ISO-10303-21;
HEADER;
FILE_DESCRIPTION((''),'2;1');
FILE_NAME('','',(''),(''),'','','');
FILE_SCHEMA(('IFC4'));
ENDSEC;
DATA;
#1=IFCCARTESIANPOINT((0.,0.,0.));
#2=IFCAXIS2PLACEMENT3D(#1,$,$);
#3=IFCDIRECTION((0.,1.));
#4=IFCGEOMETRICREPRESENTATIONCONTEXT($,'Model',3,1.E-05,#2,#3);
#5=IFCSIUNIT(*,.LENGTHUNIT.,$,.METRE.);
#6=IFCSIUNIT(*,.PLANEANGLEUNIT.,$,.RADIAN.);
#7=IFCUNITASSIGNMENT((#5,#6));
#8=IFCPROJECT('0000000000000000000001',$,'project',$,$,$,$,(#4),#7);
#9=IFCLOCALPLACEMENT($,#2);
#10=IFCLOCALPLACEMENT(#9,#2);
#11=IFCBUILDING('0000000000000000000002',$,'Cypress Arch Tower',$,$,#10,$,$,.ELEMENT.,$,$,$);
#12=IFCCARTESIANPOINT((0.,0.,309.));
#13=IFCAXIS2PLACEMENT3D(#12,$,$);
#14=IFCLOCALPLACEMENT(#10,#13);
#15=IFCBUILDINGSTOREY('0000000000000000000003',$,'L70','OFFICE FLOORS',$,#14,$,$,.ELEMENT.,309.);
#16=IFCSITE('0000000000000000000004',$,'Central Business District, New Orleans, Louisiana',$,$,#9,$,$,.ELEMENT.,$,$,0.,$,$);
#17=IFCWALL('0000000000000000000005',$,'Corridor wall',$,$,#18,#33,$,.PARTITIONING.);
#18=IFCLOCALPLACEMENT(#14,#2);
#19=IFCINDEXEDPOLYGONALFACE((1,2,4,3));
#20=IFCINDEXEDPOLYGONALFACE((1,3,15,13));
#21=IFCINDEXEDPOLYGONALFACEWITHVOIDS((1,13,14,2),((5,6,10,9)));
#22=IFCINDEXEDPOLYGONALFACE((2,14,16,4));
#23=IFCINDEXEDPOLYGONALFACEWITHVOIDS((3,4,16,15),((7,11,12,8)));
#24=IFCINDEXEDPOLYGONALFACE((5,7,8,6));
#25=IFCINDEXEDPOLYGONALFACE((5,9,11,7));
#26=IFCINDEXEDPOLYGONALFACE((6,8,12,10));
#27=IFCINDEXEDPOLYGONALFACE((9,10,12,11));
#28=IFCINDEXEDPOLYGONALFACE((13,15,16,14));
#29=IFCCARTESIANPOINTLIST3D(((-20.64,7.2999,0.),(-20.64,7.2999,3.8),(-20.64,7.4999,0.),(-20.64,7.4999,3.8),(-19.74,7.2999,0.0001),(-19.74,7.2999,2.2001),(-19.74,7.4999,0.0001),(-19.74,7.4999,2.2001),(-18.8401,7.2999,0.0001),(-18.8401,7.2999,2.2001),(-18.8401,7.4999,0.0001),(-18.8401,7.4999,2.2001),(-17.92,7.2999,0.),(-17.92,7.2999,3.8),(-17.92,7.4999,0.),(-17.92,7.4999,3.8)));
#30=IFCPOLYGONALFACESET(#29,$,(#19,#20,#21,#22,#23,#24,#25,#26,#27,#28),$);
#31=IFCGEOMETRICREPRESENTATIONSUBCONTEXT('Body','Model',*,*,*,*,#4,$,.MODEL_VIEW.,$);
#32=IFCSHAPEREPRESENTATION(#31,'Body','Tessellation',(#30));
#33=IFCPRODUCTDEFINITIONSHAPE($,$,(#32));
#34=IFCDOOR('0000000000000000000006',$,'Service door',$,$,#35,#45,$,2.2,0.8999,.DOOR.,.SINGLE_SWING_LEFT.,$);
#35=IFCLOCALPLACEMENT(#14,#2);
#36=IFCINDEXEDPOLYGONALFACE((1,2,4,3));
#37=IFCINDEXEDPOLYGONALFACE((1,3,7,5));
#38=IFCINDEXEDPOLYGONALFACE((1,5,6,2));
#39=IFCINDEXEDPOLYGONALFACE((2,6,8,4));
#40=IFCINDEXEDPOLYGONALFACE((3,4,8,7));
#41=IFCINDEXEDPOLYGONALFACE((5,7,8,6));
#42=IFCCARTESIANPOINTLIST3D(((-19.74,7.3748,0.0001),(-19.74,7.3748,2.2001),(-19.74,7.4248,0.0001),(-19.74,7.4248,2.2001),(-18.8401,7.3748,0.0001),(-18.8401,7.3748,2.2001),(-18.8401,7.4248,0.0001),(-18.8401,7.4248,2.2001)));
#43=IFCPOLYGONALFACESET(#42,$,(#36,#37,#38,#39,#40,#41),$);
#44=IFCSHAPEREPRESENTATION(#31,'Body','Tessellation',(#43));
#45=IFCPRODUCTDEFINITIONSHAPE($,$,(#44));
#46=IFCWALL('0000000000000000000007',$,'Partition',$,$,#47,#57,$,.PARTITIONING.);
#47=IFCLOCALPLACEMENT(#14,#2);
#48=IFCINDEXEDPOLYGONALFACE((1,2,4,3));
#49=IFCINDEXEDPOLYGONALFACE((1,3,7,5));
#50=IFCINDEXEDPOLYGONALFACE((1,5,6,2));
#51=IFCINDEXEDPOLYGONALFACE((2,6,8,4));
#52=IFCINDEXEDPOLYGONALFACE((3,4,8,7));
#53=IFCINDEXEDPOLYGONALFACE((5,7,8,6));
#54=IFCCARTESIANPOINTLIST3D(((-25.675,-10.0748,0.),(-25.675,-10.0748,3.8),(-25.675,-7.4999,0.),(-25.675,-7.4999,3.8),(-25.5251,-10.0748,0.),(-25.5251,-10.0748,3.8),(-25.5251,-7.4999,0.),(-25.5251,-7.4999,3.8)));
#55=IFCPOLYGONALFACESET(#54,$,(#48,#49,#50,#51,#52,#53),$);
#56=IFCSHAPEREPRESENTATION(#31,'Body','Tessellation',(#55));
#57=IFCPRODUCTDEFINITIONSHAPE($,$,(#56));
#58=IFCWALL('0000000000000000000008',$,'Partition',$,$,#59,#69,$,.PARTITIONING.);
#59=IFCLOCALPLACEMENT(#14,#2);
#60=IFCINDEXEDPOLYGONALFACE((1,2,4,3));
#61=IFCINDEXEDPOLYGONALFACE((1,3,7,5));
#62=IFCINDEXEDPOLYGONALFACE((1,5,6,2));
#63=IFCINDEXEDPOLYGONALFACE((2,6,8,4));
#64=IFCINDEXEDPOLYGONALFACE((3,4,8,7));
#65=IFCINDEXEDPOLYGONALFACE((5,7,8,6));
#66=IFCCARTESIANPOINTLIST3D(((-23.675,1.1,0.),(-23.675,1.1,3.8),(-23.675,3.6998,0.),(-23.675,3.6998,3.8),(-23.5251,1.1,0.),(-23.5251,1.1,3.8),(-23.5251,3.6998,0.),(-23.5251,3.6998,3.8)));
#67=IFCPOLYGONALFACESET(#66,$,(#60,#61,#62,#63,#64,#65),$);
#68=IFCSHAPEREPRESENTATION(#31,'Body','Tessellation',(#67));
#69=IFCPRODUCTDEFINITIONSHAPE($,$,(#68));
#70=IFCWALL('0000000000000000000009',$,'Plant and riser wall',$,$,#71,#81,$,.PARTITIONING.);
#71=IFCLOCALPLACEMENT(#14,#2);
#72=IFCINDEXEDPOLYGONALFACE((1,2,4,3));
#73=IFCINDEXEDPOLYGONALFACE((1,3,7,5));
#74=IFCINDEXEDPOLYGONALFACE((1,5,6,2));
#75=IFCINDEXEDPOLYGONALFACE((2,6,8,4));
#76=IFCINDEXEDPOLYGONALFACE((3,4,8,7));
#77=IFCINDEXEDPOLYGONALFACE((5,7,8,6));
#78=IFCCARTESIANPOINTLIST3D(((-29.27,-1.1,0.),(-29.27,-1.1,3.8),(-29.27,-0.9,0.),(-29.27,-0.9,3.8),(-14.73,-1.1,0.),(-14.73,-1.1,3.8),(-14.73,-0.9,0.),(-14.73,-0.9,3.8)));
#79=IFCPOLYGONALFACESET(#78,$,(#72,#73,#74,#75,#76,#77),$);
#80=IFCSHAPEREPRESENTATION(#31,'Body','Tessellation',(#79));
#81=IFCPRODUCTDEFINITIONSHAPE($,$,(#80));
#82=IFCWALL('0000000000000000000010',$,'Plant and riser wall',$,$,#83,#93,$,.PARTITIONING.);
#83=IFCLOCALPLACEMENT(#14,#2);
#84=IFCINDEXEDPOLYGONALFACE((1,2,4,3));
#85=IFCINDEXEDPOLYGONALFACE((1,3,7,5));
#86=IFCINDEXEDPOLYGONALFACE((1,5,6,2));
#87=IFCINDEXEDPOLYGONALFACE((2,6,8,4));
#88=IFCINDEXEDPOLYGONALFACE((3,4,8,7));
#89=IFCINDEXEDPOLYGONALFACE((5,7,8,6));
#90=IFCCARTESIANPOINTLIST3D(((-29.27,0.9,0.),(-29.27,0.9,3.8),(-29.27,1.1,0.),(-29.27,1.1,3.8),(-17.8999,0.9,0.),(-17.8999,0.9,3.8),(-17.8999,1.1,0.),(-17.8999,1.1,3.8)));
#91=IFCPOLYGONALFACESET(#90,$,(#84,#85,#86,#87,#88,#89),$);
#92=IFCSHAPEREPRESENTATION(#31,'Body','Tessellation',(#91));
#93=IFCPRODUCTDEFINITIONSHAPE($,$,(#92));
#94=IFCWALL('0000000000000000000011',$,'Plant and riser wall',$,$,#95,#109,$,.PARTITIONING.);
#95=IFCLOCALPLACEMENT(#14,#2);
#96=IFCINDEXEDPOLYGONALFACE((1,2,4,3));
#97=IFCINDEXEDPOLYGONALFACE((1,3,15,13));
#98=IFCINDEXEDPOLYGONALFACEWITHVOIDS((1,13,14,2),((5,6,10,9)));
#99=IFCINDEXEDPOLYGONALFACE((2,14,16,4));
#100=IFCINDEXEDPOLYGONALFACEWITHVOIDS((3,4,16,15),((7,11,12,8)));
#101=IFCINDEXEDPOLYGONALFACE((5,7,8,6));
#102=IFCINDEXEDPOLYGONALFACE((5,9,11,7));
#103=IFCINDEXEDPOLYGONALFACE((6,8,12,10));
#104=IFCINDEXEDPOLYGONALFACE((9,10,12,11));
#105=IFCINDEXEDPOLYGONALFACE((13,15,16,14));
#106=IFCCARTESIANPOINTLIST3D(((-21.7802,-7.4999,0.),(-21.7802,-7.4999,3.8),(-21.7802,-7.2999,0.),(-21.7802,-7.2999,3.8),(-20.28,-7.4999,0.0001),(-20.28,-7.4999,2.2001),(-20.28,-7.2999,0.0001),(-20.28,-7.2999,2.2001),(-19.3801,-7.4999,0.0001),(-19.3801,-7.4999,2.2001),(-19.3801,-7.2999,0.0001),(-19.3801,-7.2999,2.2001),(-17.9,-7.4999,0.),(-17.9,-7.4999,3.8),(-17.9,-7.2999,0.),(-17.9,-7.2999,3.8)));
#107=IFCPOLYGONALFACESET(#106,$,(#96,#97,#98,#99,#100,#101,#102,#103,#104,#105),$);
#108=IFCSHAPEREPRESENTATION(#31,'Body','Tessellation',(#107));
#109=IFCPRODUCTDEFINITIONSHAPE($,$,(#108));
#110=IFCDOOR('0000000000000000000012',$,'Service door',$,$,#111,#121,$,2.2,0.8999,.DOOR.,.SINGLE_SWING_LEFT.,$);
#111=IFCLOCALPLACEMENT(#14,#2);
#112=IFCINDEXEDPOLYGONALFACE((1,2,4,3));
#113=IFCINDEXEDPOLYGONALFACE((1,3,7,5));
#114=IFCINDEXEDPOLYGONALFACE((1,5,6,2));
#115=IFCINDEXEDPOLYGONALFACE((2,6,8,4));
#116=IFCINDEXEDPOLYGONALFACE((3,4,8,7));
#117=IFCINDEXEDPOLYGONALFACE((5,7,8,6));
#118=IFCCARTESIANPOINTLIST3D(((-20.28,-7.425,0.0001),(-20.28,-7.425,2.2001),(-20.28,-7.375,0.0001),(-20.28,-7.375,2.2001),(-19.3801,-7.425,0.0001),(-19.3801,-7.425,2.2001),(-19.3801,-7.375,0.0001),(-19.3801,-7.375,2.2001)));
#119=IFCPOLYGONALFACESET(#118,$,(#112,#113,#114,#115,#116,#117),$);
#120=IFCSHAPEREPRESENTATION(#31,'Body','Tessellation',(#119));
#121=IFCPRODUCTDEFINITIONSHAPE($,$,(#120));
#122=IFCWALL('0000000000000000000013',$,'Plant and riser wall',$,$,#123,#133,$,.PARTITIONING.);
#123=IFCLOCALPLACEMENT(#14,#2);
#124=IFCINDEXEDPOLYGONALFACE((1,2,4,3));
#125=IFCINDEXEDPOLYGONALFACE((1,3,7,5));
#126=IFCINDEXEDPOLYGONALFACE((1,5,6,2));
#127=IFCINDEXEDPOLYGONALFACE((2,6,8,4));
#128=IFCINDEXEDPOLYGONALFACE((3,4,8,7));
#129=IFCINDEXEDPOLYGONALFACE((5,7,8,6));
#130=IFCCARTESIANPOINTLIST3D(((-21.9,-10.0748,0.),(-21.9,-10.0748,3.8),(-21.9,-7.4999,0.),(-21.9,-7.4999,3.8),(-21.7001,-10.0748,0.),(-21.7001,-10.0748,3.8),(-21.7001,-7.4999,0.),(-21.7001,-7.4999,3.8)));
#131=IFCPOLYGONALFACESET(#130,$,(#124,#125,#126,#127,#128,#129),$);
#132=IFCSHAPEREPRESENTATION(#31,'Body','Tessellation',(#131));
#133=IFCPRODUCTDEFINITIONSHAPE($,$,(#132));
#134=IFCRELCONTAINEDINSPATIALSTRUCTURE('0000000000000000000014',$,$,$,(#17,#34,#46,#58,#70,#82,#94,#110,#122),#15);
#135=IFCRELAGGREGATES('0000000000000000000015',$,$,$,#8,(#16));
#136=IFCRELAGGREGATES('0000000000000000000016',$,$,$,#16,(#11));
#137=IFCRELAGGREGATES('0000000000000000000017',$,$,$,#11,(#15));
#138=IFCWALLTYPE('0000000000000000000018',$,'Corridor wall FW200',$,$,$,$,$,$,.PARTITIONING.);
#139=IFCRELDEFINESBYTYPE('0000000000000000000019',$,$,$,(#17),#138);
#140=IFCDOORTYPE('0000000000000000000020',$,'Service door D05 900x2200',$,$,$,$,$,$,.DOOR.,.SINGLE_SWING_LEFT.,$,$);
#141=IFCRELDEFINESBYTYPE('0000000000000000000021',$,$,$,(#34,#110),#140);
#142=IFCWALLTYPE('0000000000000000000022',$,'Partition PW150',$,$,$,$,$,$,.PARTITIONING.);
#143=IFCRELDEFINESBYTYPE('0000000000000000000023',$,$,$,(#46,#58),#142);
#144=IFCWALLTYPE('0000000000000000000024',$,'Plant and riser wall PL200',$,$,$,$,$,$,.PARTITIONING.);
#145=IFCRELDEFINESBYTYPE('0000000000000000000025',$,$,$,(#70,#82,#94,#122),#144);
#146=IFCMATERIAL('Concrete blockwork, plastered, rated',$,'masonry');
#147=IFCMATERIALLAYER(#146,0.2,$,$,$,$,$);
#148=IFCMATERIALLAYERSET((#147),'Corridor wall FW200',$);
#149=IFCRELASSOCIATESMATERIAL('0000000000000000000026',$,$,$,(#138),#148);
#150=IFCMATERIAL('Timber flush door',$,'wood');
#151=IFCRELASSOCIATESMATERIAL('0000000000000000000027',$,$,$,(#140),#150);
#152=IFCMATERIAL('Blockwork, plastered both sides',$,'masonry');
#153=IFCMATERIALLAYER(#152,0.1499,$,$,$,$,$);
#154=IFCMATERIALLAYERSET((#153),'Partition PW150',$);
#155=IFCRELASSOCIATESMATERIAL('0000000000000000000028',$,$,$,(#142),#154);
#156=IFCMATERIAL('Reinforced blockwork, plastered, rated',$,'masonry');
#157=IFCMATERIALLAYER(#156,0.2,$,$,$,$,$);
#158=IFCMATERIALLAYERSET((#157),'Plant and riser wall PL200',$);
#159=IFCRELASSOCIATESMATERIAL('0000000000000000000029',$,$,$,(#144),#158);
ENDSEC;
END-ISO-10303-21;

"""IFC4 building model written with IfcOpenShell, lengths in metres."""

from ifc_helpers import new_model, si_unit, direction, frame, frame_2d, origin, place, context, subcontext, project, spatial, rectangle, extrude, material, layer, layer_set, type_object, element, fill, save


model = new_model("IFC4")

# Units and contexts
model_context = context("Model", 3, precision=1e-05, world=origin(), true_north=direction((0.0, 1.0)))
body_context = subcontext(model_context, "Body", "Model", "MODEL_VIEW")
ifc_project = project(units=[si_unit("LENGTHUNIT", "METRE"), si_unit("PLANEANGLEUNIT", "RADIAN")], contexts=[model_context])

# Site, building, storey
site_placement = place(None, origin())
site = spatial("IfcSite", under=ifc_project, at=site_placement, Name="Central Business District, New Orleans, Louisiana", CompositionType="ELEMENT", RefElevation=0.0)
building_placement = place(site_placement, origin())
building = spatial("IfcBuilding", under=site, at=building_placement, Name="Cypress Arch Tower", CompositionType="ELEMENT")
storey_placement = place(building_placement, frame((0.0, 0.0, 309.0)))
storey = spatial("IfcBuildingStorey", under=building, at=storey_placement, Name="L70", Description="OFFICE FLOORS", CompositionType="ELEMENT", Elevation=309.0)

# Shared definitions
ifc_material_1 = material(Name="Concrete blockwork, plastered, rated", Category="masonry")
ifc_layer_1 = layer(ifc_material_1, 0.2)
ifc_layer_set_1 = layer_set([ifc_layer_1], Name="Corridor wall FW200")
wall_type_1 = type_object("IfcWallType", Name="Corridor wall FW200", PredefinedType="PARTITIONING", material=ifc_layer_set_1)
ifc_material_2 = material(Name="Timber flush door", Category="wood")
door_type_1 = type_object("IfcDoorType", Name="Service door D05 900x2200", OperationType="SINGLE_SWING_LEFT", PredefinedType="DOOR", material=ifc_material_2)

# Wall, opening, door
wall_1_placement = place(storey_placement, frame((-20.6399, 7.3999, 0.0), z_axis=(0.0, 0.0, 1.0), x_axis=(1.0, 0.0, 0.0)))
wall_1 = element("IfcWall", 1, at=wall_1_placement, inside=storey, type_object=wall_type_1, Name="Corridor wall", PredefinedType="PARTITIONING", context=body_context, shape_type="SweptSolid", body=[
    extrude(rectangle(XDim=2.72, YDim=0.2, at=frame_2d((1.3599, 0.0))), origin(), (0.0, 0.0, 1.0), 3.8),
])
opening_1_placement = place(wall_1_placement, frame((0.8999, 0.0, 0.0)))
opening_1 = element("IfcOpeningElement", 2, at=opening_1_placement, cuts=wall_1, PredefinedType="OPENING", context=body_context, shape_type="SweptSolid", body=[
    extrude(rectangle(XDim=0.8999, YDim=2.2, at=frame_2d((0.45, 1.1001))), frame((0.0, 0.1099, 0.0), z_axis=(0.0, -1.0, 0.0), x_axis=(1.0, 0.0, 0.0)), (0.0, 0.0, 1.0), 0.22),
])
door_1_placement = place(opening_1_placement, origin())
door_1 = element("IfcDoor", 3, at=door_1_placement, inside=storey, type_object=door_type_1, Name="Service door", OperationType="SINGLE_SWING_LEFT", OverallHeight=2.2, OverallWidth=0.8999, PredefinedType="DOOR", context=body_context, shape_type="SweptSolid", body=[
    extrude(rectangle(XDim=0.8999, YDim=2.2, at=frame_2d((0.45, 1.1001))), frame((0.0, 0.0249, 0.0), z_axis=(0.0, -1.0, 0.0), x_axis=(1.0, 0.0, 0.0)), (0.0, 0.0, 1.0), 0.05),
])
fill(opening_1, door_1)

# Walls
ifc_material_3 = material(Name="Blockwork, plastered both sides", Category="masonry")
ifc_layer_2 = layer(ifc_material_3, 0.1499)
ifc_layer_set_2 = layer_set([ifc_layer_2], Name="Partition PW150")
wall_type_2 = type_object("IfcWallType", Name="Partition PW150", PredefinedType="PARTITIONING", material=ifc_layer_set_2)
wall_2_placement = place(storey_placement, frame((-25.6001, -10.075, 0.0), z_axis=(0.0, 0.0, 1.0), x_axis=(0.0, 1.0, 0.0)))
element("IfcWall", 4, at=wall_2_placement, inside=storey, type_object=wall_type_2, Name="Partition", PredefinedType="PARTITIONING", context=body_context, shape_type="SweptSolid", body=[
    extrude(rectangle(XDim=2.575, YDim=0.1499, at=frame_2d((1.2876, 0.0))), origin(), (0.0, 0.0, 1.0), 3.8),
])
wall_3_placement = place(storey_placement, frame((-23.6001, 1.1001, 0.0), z_axis=(0.0, 0.0, 1.0), x_axis=(0.0, 1.0, 0.0)))
element("IfcWall", 5, at=wall_3_placement, inside=storey, type_object=wall_type_2, Name="Partition", PredefinedType="PARTITIONING", context=body_context, shape_type="SweptSolid", body=[
    extrude(rectangle(XDim=2.5999, YDim=0.1499, at=frame_2d((1.2998, 0.0))), origin(), (0.0, 0.0, 1.0), 3.8),
])
ifc_material_4 = material(Name="Reinforced blockwork, plastered, rated", Category="masonry")
ifc_layer_3 = layer(ifc_material_4, 0.2)
ifc_layer_set_3 = layer_set([ifc_layer_3], Name="Plant and riser wall PL200")
wall_type_3 = type_object("IfcWallType", Name="Plant and riser wall PL200", PredefinedType="PARTITIONING", material=ifc_layer_set_3)
wall_4_placement = place(storey_placement, frame((-29.27, -1.0, 0.0), z_axis=(0.0, 0.0, 1.0), x_axis=(1.0, 0.0, 0.0)))
element("IfcWall", 6, at=wall_4_placement, inside=storey, type_object=wall_type_3, Name="Plant and riser wall", PredefinedType="PARTITIONING", context=body_context, shape_type="SweptSolid", body=[
    extrude(rectangle(XDim=14.54, YDim=0.2, at=frame_2d((7.27, 0.0))), origin(), (0.0, 0.0, 1.0), 3.8),
])
wall_5_placement = place(storey_placement, frame((-29.27, 1.0, 0.0), z_axis=(0.0, 0.0, 1.0), x_axis=(1.0, 0.0, 0.0)))
element("IfcWall", 7, at=wall_5_placement, inside=storey, type_object=wall_type_3, Name="Plant and riser wall", PredefinedType="PARTITIONING", context=body_context, shape_type="SweptSolid", body=[
    extrude(rectangle(XDim=11.3701, YDim=0.2, at=frame_2d((5.6851, 0.0))), origin(), (0.0, 0.0, 1.0), 3.8),
])

# Wall, opening, door
wall_6_placement = place(storey_placement, frame((-21.78, -7.3999, 0.0), z_axis=(0.0, 0.0, 1.0), x_axis=(1.0, 0.0, 0.0)))
wall_6 = element("IfcWall", 8, at=wall_6_placement, inside=storey, type_object=wall_type_3, Name="Plant and riser wall", PredefinedType="PARTITIONING", context=body_context, shape_type="SweptSolid", body=[
    extrude(rectangle(XDim=3.8801, YDim=0.2, at=frame_2d((1.9399, 0.0))), origin(), (0.0, 0.0, 1.0), 3.8),
])
opening_2_placement = place(wall_6_placement, frame((1.5, 0.0, 0.0)))
opening_2 = element("IfcOpeningElement", 9, at=opening_2_placement, cuts=wall_6, PredefinedType="OPENING", context=body_context, shape_type="SweptSolid", body=[
    extrude(rectangle(XDim=0.8999, YDim=2.2, at=frame_2d((0.45, 1.1001))), frame((0.0, 0.1099, 0.0), z_axis=(0.0, -1.0, 0.0), x_axis=(1.0, 0.0, 0.0)), (0.0, 0.0, 1.0), 0.22),
])
door_2_placement = place(opening_2_placement, origin())
door_2 = element("IfcDoor", 10, at=door_2_placement, inside=storey, type_object=door_type_1, Name="Service door", OperationType="SINGLE_SWING_LEFT", OverallHeight=2.2, OverallWidth=0.8999, PredefinedType="DOOR", context=body_context, shape_type="SweptSolid", body=[
    extrude(rectangle(XDim=0.8999, YDim=2.2, at=frame_2d((0.45, 1.1001))), frame((0.0, 0.0249, 0.0), z_axis=(0.0, -1.0, 0.0), x_axis=(1.0, 0.0, 0.0)), (0.0, 0.0, 1.0), 0.05),
])
fill(opening_2, door_2)

# Wall
wall_7_placement = place(storey_placement, frame((-21.8, -10.075, 0.0), z_axis=(0.0, 0.0, 1.0), x_axis=(0.0, 1.0, 0.0)))
element("IfcWall", 11, at=wall_7_placement, inside=storey, type_object=wall_type_3, Name="Plant and riser wall", PredefinedType="PARTITIONING", context=body_context, shape_type="SweptSolid", body=[
    extrude(rectangle(XDim=2.575, YDim=0.2, at=frame_2d((1.2876, 0.0))), origin(), (0.0, 0.0, 1.0), 3.8),
])

save(model, "model.ifc")
